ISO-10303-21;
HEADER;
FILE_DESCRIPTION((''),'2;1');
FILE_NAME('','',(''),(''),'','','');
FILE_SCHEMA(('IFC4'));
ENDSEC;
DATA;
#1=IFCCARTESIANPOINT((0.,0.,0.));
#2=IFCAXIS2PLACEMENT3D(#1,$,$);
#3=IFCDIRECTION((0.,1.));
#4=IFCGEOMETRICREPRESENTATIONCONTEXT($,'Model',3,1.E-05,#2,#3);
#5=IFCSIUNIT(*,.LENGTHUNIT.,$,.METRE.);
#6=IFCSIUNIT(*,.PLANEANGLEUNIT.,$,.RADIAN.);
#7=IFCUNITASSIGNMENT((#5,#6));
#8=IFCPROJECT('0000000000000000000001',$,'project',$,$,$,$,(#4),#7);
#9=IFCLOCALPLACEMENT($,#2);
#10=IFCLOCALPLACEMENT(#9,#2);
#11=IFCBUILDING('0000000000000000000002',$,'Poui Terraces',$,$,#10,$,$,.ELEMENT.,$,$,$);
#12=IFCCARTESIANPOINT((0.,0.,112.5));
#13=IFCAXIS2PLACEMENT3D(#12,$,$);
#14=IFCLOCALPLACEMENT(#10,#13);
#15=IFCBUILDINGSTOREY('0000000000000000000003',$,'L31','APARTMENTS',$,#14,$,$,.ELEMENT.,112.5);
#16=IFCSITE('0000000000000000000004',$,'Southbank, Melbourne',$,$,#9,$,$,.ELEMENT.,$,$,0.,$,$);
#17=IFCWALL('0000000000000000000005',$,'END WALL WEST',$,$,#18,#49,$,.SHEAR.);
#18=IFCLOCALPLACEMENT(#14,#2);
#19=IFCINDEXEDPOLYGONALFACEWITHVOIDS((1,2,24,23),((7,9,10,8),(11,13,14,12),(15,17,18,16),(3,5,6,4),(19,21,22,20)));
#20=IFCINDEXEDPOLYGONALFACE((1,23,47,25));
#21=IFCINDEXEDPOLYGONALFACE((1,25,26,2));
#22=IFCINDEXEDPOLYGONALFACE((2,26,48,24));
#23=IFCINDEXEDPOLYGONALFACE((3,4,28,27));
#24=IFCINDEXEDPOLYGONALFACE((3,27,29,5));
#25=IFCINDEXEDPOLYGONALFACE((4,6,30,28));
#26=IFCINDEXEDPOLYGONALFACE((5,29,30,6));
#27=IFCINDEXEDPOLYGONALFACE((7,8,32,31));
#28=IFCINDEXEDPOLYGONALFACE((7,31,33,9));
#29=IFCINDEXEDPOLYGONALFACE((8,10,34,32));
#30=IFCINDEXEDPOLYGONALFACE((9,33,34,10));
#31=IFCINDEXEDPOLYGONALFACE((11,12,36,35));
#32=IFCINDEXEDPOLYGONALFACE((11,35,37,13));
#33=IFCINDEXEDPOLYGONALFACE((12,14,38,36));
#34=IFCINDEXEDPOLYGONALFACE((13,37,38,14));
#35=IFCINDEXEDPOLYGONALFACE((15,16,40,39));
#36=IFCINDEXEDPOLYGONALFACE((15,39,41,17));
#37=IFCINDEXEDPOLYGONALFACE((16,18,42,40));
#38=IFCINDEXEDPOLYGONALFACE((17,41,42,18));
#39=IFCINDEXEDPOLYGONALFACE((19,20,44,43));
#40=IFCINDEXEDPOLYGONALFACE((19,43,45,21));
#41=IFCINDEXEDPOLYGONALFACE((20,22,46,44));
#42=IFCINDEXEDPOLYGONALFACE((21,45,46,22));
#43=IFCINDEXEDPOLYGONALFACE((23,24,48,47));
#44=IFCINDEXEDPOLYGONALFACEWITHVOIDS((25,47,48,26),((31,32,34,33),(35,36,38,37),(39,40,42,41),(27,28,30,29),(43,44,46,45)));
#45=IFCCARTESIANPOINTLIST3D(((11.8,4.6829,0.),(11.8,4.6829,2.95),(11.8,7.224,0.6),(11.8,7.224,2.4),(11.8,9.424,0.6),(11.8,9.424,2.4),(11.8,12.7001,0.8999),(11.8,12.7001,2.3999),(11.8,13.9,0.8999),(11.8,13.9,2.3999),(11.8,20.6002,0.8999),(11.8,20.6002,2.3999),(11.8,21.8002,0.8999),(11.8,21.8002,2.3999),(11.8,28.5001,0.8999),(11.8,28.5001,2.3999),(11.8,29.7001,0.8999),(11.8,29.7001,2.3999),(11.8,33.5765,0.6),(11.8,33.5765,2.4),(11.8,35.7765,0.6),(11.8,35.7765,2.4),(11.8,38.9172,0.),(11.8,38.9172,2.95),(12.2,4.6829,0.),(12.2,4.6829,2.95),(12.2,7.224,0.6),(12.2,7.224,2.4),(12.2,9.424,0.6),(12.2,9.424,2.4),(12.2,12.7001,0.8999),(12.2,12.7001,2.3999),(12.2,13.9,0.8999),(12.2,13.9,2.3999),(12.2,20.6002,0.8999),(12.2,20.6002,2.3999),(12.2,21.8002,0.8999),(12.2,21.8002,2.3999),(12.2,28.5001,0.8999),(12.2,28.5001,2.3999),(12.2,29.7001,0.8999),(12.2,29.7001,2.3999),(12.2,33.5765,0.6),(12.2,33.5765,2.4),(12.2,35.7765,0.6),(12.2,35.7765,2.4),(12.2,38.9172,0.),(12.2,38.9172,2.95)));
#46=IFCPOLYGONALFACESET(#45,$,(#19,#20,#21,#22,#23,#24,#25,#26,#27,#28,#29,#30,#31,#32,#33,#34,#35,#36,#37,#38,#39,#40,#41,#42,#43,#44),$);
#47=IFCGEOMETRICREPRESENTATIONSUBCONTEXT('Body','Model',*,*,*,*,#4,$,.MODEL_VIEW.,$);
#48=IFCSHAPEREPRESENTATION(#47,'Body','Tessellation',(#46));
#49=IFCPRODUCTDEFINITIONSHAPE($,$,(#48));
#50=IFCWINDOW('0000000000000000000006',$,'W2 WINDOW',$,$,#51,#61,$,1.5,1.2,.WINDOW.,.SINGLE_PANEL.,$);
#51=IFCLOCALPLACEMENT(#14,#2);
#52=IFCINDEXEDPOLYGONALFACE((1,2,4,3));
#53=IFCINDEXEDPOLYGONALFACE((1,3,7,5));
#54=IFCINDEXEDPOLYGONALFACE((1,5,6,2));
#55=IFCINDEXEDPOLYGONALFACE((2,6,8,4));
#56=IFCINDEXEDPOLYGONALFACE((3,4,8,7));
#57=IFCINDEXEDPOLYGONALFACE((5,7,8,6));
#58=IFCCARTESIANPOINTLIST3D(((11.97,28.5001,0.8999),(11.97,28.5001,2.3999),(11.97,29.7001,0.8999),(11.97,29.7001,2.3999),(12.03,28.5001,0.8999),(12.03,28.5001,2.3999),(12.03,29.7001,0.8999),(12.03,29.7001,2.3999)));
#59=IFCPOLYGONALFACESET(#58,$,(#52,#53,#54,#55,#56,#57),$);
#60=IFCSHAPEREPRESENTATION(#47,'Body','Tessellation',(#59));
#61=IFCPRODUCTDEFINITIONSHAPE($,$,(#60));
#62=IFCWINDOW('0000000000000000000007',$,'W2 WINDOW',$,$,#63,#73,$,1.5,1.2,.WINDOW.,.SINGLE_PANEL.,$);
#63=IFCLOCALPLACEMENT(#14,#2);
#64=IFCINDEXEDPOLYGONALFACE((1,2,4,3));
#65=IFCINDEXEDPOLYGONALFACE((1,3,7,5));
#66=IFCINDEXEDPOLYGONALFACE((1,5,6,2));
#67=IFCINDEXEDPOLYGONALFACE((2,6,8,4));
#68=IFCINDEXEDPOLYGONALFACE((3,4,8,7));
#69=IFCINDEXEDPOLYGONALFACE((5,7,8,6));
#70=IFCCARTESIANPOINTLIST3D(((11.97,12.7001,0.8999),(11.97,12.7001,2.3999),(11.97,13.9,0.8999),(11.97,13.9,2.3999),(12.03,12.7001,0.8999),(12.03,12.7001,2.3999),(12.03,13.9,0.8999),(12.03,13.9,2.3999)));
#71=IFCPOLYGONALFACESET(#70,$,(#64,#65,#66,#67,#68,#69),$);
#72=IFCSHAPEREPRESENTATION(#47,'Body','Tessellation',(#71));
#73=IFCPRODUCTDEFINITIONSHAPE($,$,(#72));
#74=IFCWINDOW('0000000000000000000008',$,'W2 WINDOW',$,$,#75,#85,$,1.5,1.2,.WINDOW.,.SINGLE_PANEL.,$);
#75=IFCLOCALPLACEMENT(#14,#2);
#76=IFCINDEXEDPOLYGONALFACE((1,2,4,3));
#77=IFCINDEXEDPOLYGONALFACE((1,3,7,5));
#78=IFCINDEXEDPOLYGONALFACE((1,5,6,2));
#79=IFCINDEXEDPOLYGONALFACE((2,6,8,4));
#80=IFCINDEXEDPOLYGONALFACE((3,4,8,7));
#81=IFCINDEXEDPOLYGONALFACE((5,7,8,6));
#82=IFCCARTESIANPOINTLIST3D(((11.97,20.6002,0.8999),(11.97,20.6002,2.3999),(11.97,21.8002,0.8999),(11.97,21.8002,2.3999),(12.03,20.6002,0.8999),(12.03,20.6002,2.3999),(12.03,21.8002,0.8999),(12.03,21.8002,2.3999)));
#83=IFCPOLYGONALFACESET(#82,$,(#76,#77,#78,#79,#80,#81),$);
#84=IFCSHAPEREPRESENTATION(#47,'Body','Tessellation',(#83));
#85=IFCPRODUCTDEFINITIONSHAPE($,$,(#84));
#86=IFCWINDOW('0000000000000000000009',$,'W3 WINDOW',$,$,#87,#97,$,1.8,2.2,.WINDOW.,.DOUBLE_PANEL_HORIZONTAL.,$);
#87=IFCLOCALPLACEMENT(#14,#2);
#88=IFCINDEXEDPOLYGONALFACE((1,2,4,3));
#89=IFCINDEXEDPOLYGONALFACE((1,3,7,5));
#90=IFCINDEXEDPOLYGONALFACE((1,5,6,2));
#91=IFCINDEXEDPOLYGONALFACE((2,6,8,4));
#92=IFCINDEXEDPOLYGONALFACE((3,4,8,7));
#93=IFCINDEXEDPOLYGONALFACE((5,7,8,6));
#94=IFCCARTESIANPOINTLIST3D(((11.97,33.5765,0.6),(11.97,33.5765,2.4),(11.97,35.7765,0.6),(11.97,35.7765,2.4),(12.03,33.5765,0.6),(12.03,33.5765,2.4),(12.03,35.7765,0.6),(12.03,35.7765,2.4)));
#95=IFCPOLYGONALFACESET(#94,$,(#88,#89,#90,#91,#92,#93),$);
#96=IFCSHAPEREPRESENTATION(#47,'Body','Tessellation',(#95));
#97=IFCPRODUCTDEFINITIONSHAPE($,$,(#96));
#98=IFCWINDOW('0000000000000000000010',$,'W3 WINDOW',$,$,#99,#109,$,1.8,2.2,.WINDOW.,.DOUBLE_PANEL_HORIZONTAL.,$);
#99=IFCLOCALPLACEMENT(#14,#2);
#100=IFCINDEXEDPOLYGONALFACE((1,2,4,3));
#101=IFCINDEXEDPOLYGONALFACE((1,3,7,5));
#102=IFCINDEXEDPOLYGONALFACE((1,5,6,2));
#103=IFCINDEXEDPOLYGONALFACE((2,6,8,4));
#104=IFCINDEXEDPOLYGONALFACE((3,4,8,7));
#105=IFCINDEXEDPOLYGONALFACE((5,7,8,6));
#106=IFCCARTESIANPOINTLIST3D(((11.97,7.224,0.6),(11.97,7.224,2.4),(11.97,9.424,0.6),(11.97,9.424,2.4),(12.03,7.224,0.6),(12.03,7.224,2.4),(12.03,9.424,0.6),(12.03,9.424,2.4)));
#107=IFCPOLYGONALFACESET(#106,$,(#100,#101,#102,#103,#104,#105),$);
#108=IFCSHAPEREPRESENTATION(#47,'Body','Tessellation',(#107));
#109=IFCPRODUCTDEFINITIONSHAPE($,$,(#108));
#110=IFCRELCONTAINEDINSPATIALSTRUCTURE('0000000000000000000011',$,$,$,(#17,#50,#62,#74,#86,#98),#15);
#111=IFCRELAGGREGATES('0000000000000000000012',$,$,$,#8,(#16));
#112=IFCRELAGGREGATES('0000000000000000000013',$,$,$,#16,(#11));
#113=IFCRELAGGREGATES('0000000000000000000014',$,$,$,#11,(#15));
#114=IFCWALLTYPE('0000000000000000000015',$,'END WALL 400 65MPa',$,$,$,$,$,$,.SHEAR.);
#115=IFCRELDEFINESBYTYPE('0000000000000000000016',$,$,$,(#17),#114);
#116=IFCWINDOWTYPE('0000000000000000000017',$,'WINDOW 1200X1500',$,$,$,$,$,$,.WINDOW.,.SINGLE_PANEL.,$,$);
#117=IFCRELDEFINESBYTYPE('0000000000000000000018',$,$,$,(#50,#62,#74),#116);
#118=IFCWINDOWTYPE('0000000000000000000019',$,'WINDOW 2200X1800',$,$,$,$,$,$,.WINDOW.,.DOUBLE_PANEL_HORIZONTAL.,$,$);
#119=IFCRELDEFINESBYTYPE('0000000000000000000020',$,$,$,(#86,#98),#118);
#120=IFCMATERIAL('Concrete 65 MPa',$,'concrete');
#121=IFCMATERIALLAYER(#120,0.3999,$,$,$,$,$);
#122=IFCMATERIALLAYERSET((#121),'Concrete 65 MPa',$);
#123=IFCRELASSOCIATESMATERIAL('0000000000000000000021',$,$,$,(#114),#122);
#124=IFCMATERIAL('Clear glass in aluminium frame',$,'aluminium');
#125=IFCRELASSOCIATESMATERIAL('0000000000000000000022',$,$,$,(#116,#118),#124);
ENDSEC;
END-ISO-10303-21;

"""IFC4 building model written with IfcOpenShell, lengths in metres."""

from ifc_helpers import new_model, si_unit, direction, frame, frame_2d, origin, place, context, subcontext, project, spatial, rectangle, extrude, material, layer, layer_set, type_object, element, fill, save


model = new_model("IFC4")

# Units and contexts
model_context = context("Model", 3, precision=1e-05, world=origin(), true_north=direction((0.0, 1.0)))
body_context = subcontext(model_context, "Body", "Model", "MODEL_VIEW")
ifc_project = project(units=[si_unit("LENGTHUNIT", "METRE"), si_unit("PLANEANGLEUNIT", "RADIAN")], contexts=[model_context])

# Site, building, storey
site_placement = place(None, origin())
site = spatial("IfcSite", under=ifc_project, at=site_placement, Name="Southbank, Melbourne", CompositionType="ELEMENT", RefElevation=0.0)
building_placement = place(site_placement, origin())
building = spatial("IfcBuilding", under=site, at=building_placement, Name="Poui Terraces", CompositionType="ELEMENT")
storey_placement = place(building_placement, frame((0.0, 0.0, 112.5)))
storey = spatial("IfcBuildingStorey", under=building, at=storey_placement, Name="L31", Description="APARTMENTS", CompositionType="ELEMENT", Elevation=112.5)

# Shared definitions
ifc_material_1 = material(Name="Concrete 65 MPa", Category="concrete")

# Wall, openings, windows
ifc_layer_1 = layer(ifc_material_1, 0.3999)
ifc_layer_set_1 = layer_set([ifc_layer_1], Name="Concrete 65 MPa")
wall_type_1 = type_object("IfcWallType", Name="END WALL 400 65MPa", PredefinedType="SHEAR", material=ifc_layer_set_1)
wall_1_placement = place(storey_placement, frame((12.0, 4.6829, 0.0), z_axis=(0.0, 0.0, 1.0), x_axis=(0.0, 1.0, 0.0)))
wall_1 = element("IfcWall", 1, at=wall_1_placement, inside=storey, type_object=wall_type_1, Name="END WALL WEST", PredefinedType="SHEAR", context=body_context, shape_type="SweptSolid", body=[
    extrude(rectangle(XDim=34.2344, YDim=0.3999, at=frame_2d((17.1172, 0.0))), origin(), (0.0, 0.0, 1.0), 2.95),
])
opening_1_placement = place(wall_1_placement, frame((23.8171, 0.0, 0.8999)))
opening_1 = element("IfcOpeningElement", 2, at=opening_1_placement, cuts=wall_1, PredefinedType="OPENING", context=body_context, shape_type="SweptSolid", body=[
    extrude(rectangle(XDim=1.2, YDim=1.5, at=frame_2d((0.6001, 0.75))), frame((0.0, 0.21, 0.0), z_axis=(0.0, -1.0, 0.0), x_axis=(1.0, 0.0, 0.0)), (0.0, 0.0, 1.0), 0.4199),
])
opening_2_placement = place(wall_1_placement, frame((8.0171, 0.0, 0.8999)))
opening_2 = element("IfcOpeningElement", 3, at=opening_2_placement, cuts=wall_1, PredefinedType="OPENING", context=body_context, shape_type="SweptSolid", body=[
    extrude(rectangle(XDim=1.2, YDim=1.5, at=frame_2d((0.6001, 0.75))), frame((0.0, 0.21, 0.0), z_axis=(0.0, -1.0, 0.0), x_axis=(1.0, 0.0, 0.0)), (0.0, 0.0, 1.0), 0.4199),
])
opening_3_placement = place(wall_1_placement, frame((15.9172, 0.0, 0.8999)))
opening_3 = element("IfcOpeningElement", 4, at=opening_3_placement, cuts=wall_1, PredefinedType="OPENING", context=body_context, shape_type="SweptSolid", body=[
    extrude(rectangle(XDim=1.2, YDim=1.5, at=frame_2d((0.6001, 0.75))), frame((0.0, 0.21, 0.0), z_axis=(0.0, -1.0, 0.0), x_axis=(1.0, 0.0, 0.0)), (0.0, 0.0, 1.0), 0.4199),
])
opening_4_placement = place(wall_1_placement, frame((28.8936, 0.0, 0.6001)))
opening_4 = element("IfcOpeningElement", 5, at=opening_4_placement, cuts=wall_1, PredefinedType="OPENING", context=body_context, shape_type="SweptSolid", body=[
    extrude(rectangle(XDim=2.2, YDim=1.8, at=frame_2d((1.1001, 0.8999))), frame((0.0, 0.21, 0.0), z_axis=(0.0, -1.0, 0.0), x_axis=(1.0, 0.0, 0.0)), (0.0, 0.0, 1.0), 0.4199),
])
opening_5_placement = place(wall_1_placement, frame((2.541, 0.0, 0.6001)))
opening_5 = element("IfcOpeningElement", 6, at=opening_5_placement, cuts=wall_1, PredefinedType="OPENING", context=body_context, shape_type="SweptSolid", body=[
    extrude(rectangle(XDim=2.2, YDim=1.8, at=frame_2d((1.1001, 0.8999))), frame((0.0, 0.21, 0.0), z_axis=(0.0, -1.0, 0.0), x_axis=(1.0, 0.0, 0.0)), (0.0, 0.0, 1.0), 0.4199),
])
ifc_material_2 = material(Name="Clear glass in aluminium frame", Category="aluminium")
window_type_1 = type_object("IfcWindowType", Name="WINDOW 1200X1500", PartitioningType="SINGLE_PANEL", PredefinedType="WINDOW", material=ifc_material_2)
window_1_placement = place(opening_1_placement, origin())
window_1 = element("IfcWindow", 7, at=window_1_placement, inside=storey, type_object=window_type_1, Name="W2 WINDOW", OverallHeight=1.5, OverallWidth=1.2, PartitioningType="SINGLE_PANEL", PredefinedType="WINDOW", context=body_context, shape_type="SweptSolid", body=[
    extrude(rectangle(XDim=1.2, YDim=1.5, at=frame_2d((0.6001, 0.75))), frame((0.0, 0.03, 0.0), z_axis=(0.0, -1.0, 0.0), x_axis=(1.0, 0.0, 0.0)), (0.0, 0.0, 1.0), 0.0601),
])
fill(opening_1, window_1)
window_2_placement = place(opening_2_placement, origin())
window_2 = element("IfcWindow", 8, at=window_2_placement, inside=storey, type_object=window_type_1, Name="W2 WINDOW", OverallHeight=1.5, OverallWidth=1.2, PartitioningType="SINGLE_PANEL", PredefinedType="WINDOW", context=body_context, shape_type="SweptSolid", body=[
    extrude(rectangle(XDim=1.2, YDim=1.5, at=frame_2d((0.6001, 0.75))), frame((0.0, 0.03, 0.0), z_axis=(0.0, -1.0, 0.0), x_axis=(1.0, 0.0, 0.0)), (0.0, 0.0, 1.0), 0.0601),
])
fill(opening_2, window_2)
window_3_placement = place(opening_3_placement, origin())
window_3 = element("IfcWindow", 9, at=window_3_placement, inside=storey, type_object=window_type_1, Name="W2 WINDOW", OverallHeight=1.5, OverallWidth=1.2, PartitioningType="SINGLE_PANEL", PredefinedType="WINDOW", context=body_context, shape_type="SweptSolid", body=[
    extrude(rectangle(XDim=1.2, YDim=1.5, at=frame_2d((0.6001, 0.75))), frame((0.0, 0.03, 0.0), z_axis=(0.0, -1.0, 0.0), x_axis=(1.0, 0.0, 0.0)), (0.0, 0.0, 1.0), 0.0601),
])
fill(opening_3, window_3)
window_type_2 = type_object("IfcWindowType", Name="WINDOW 2200X1800", PartitioningType="DOUBLE_PANEL_HORIZONTAL", PredefinedType="WINDOW", material=ifc_material_2)
window_4_placement = place(opening_4_placement, origin())
window_4 = element("IfcWindow", 10, at=window_4_placement, inside=storey, type_object=window_type_2, Name="W3 WINDOW", OverallHeight=1.8, OverallWidth=2.2, PartitioningType="DOUBLE_PANEL_HORIZONTAL", PredefinedType="WINDOW", context=body_context, shape_type="SweptSolid", body=[
    extrude(rectangle(XDim=2.2, YDim=1.8, at=frame_2d((1.1001, 0.8999))), frame((0.0, 0.03, 0.0), z_axis=(0.0, -1.0, 0.0), x_axis=(1.0, 0.0, 0.0)), (0.0, 0.0, 1.0), 0.0601),
])
fill(opening_4, window_4)
window_5_placement = place(opening_5_placement, origin())
window_5 = element("IfcWindow", 11, at=window_5_placement, inside=storey, type_object=window_type_2, Name="W3 WINDOW", OverallHeight=1.8, OverallWidth=2.2, PartitioningType="DOUBLE_PANEL_HORIZONTAL", PredefinedType="WINDOW", context=body_context, shape_type="SweptSolid", body=[
    extrude(rectangle(XDim=2.2, YDim=1.8, at=frame_2d((1.1001, 0.8999))), frame((0.0, 0.03, 0.0), z_axis=(0.0, -1.0, 0.0), x_axis=(1.0, 0.0, 0.0)), (0.0, 0.0, 1.0), 0.0601),
])
fill(opening_5, window_5)

save(model, "model.ifc")
